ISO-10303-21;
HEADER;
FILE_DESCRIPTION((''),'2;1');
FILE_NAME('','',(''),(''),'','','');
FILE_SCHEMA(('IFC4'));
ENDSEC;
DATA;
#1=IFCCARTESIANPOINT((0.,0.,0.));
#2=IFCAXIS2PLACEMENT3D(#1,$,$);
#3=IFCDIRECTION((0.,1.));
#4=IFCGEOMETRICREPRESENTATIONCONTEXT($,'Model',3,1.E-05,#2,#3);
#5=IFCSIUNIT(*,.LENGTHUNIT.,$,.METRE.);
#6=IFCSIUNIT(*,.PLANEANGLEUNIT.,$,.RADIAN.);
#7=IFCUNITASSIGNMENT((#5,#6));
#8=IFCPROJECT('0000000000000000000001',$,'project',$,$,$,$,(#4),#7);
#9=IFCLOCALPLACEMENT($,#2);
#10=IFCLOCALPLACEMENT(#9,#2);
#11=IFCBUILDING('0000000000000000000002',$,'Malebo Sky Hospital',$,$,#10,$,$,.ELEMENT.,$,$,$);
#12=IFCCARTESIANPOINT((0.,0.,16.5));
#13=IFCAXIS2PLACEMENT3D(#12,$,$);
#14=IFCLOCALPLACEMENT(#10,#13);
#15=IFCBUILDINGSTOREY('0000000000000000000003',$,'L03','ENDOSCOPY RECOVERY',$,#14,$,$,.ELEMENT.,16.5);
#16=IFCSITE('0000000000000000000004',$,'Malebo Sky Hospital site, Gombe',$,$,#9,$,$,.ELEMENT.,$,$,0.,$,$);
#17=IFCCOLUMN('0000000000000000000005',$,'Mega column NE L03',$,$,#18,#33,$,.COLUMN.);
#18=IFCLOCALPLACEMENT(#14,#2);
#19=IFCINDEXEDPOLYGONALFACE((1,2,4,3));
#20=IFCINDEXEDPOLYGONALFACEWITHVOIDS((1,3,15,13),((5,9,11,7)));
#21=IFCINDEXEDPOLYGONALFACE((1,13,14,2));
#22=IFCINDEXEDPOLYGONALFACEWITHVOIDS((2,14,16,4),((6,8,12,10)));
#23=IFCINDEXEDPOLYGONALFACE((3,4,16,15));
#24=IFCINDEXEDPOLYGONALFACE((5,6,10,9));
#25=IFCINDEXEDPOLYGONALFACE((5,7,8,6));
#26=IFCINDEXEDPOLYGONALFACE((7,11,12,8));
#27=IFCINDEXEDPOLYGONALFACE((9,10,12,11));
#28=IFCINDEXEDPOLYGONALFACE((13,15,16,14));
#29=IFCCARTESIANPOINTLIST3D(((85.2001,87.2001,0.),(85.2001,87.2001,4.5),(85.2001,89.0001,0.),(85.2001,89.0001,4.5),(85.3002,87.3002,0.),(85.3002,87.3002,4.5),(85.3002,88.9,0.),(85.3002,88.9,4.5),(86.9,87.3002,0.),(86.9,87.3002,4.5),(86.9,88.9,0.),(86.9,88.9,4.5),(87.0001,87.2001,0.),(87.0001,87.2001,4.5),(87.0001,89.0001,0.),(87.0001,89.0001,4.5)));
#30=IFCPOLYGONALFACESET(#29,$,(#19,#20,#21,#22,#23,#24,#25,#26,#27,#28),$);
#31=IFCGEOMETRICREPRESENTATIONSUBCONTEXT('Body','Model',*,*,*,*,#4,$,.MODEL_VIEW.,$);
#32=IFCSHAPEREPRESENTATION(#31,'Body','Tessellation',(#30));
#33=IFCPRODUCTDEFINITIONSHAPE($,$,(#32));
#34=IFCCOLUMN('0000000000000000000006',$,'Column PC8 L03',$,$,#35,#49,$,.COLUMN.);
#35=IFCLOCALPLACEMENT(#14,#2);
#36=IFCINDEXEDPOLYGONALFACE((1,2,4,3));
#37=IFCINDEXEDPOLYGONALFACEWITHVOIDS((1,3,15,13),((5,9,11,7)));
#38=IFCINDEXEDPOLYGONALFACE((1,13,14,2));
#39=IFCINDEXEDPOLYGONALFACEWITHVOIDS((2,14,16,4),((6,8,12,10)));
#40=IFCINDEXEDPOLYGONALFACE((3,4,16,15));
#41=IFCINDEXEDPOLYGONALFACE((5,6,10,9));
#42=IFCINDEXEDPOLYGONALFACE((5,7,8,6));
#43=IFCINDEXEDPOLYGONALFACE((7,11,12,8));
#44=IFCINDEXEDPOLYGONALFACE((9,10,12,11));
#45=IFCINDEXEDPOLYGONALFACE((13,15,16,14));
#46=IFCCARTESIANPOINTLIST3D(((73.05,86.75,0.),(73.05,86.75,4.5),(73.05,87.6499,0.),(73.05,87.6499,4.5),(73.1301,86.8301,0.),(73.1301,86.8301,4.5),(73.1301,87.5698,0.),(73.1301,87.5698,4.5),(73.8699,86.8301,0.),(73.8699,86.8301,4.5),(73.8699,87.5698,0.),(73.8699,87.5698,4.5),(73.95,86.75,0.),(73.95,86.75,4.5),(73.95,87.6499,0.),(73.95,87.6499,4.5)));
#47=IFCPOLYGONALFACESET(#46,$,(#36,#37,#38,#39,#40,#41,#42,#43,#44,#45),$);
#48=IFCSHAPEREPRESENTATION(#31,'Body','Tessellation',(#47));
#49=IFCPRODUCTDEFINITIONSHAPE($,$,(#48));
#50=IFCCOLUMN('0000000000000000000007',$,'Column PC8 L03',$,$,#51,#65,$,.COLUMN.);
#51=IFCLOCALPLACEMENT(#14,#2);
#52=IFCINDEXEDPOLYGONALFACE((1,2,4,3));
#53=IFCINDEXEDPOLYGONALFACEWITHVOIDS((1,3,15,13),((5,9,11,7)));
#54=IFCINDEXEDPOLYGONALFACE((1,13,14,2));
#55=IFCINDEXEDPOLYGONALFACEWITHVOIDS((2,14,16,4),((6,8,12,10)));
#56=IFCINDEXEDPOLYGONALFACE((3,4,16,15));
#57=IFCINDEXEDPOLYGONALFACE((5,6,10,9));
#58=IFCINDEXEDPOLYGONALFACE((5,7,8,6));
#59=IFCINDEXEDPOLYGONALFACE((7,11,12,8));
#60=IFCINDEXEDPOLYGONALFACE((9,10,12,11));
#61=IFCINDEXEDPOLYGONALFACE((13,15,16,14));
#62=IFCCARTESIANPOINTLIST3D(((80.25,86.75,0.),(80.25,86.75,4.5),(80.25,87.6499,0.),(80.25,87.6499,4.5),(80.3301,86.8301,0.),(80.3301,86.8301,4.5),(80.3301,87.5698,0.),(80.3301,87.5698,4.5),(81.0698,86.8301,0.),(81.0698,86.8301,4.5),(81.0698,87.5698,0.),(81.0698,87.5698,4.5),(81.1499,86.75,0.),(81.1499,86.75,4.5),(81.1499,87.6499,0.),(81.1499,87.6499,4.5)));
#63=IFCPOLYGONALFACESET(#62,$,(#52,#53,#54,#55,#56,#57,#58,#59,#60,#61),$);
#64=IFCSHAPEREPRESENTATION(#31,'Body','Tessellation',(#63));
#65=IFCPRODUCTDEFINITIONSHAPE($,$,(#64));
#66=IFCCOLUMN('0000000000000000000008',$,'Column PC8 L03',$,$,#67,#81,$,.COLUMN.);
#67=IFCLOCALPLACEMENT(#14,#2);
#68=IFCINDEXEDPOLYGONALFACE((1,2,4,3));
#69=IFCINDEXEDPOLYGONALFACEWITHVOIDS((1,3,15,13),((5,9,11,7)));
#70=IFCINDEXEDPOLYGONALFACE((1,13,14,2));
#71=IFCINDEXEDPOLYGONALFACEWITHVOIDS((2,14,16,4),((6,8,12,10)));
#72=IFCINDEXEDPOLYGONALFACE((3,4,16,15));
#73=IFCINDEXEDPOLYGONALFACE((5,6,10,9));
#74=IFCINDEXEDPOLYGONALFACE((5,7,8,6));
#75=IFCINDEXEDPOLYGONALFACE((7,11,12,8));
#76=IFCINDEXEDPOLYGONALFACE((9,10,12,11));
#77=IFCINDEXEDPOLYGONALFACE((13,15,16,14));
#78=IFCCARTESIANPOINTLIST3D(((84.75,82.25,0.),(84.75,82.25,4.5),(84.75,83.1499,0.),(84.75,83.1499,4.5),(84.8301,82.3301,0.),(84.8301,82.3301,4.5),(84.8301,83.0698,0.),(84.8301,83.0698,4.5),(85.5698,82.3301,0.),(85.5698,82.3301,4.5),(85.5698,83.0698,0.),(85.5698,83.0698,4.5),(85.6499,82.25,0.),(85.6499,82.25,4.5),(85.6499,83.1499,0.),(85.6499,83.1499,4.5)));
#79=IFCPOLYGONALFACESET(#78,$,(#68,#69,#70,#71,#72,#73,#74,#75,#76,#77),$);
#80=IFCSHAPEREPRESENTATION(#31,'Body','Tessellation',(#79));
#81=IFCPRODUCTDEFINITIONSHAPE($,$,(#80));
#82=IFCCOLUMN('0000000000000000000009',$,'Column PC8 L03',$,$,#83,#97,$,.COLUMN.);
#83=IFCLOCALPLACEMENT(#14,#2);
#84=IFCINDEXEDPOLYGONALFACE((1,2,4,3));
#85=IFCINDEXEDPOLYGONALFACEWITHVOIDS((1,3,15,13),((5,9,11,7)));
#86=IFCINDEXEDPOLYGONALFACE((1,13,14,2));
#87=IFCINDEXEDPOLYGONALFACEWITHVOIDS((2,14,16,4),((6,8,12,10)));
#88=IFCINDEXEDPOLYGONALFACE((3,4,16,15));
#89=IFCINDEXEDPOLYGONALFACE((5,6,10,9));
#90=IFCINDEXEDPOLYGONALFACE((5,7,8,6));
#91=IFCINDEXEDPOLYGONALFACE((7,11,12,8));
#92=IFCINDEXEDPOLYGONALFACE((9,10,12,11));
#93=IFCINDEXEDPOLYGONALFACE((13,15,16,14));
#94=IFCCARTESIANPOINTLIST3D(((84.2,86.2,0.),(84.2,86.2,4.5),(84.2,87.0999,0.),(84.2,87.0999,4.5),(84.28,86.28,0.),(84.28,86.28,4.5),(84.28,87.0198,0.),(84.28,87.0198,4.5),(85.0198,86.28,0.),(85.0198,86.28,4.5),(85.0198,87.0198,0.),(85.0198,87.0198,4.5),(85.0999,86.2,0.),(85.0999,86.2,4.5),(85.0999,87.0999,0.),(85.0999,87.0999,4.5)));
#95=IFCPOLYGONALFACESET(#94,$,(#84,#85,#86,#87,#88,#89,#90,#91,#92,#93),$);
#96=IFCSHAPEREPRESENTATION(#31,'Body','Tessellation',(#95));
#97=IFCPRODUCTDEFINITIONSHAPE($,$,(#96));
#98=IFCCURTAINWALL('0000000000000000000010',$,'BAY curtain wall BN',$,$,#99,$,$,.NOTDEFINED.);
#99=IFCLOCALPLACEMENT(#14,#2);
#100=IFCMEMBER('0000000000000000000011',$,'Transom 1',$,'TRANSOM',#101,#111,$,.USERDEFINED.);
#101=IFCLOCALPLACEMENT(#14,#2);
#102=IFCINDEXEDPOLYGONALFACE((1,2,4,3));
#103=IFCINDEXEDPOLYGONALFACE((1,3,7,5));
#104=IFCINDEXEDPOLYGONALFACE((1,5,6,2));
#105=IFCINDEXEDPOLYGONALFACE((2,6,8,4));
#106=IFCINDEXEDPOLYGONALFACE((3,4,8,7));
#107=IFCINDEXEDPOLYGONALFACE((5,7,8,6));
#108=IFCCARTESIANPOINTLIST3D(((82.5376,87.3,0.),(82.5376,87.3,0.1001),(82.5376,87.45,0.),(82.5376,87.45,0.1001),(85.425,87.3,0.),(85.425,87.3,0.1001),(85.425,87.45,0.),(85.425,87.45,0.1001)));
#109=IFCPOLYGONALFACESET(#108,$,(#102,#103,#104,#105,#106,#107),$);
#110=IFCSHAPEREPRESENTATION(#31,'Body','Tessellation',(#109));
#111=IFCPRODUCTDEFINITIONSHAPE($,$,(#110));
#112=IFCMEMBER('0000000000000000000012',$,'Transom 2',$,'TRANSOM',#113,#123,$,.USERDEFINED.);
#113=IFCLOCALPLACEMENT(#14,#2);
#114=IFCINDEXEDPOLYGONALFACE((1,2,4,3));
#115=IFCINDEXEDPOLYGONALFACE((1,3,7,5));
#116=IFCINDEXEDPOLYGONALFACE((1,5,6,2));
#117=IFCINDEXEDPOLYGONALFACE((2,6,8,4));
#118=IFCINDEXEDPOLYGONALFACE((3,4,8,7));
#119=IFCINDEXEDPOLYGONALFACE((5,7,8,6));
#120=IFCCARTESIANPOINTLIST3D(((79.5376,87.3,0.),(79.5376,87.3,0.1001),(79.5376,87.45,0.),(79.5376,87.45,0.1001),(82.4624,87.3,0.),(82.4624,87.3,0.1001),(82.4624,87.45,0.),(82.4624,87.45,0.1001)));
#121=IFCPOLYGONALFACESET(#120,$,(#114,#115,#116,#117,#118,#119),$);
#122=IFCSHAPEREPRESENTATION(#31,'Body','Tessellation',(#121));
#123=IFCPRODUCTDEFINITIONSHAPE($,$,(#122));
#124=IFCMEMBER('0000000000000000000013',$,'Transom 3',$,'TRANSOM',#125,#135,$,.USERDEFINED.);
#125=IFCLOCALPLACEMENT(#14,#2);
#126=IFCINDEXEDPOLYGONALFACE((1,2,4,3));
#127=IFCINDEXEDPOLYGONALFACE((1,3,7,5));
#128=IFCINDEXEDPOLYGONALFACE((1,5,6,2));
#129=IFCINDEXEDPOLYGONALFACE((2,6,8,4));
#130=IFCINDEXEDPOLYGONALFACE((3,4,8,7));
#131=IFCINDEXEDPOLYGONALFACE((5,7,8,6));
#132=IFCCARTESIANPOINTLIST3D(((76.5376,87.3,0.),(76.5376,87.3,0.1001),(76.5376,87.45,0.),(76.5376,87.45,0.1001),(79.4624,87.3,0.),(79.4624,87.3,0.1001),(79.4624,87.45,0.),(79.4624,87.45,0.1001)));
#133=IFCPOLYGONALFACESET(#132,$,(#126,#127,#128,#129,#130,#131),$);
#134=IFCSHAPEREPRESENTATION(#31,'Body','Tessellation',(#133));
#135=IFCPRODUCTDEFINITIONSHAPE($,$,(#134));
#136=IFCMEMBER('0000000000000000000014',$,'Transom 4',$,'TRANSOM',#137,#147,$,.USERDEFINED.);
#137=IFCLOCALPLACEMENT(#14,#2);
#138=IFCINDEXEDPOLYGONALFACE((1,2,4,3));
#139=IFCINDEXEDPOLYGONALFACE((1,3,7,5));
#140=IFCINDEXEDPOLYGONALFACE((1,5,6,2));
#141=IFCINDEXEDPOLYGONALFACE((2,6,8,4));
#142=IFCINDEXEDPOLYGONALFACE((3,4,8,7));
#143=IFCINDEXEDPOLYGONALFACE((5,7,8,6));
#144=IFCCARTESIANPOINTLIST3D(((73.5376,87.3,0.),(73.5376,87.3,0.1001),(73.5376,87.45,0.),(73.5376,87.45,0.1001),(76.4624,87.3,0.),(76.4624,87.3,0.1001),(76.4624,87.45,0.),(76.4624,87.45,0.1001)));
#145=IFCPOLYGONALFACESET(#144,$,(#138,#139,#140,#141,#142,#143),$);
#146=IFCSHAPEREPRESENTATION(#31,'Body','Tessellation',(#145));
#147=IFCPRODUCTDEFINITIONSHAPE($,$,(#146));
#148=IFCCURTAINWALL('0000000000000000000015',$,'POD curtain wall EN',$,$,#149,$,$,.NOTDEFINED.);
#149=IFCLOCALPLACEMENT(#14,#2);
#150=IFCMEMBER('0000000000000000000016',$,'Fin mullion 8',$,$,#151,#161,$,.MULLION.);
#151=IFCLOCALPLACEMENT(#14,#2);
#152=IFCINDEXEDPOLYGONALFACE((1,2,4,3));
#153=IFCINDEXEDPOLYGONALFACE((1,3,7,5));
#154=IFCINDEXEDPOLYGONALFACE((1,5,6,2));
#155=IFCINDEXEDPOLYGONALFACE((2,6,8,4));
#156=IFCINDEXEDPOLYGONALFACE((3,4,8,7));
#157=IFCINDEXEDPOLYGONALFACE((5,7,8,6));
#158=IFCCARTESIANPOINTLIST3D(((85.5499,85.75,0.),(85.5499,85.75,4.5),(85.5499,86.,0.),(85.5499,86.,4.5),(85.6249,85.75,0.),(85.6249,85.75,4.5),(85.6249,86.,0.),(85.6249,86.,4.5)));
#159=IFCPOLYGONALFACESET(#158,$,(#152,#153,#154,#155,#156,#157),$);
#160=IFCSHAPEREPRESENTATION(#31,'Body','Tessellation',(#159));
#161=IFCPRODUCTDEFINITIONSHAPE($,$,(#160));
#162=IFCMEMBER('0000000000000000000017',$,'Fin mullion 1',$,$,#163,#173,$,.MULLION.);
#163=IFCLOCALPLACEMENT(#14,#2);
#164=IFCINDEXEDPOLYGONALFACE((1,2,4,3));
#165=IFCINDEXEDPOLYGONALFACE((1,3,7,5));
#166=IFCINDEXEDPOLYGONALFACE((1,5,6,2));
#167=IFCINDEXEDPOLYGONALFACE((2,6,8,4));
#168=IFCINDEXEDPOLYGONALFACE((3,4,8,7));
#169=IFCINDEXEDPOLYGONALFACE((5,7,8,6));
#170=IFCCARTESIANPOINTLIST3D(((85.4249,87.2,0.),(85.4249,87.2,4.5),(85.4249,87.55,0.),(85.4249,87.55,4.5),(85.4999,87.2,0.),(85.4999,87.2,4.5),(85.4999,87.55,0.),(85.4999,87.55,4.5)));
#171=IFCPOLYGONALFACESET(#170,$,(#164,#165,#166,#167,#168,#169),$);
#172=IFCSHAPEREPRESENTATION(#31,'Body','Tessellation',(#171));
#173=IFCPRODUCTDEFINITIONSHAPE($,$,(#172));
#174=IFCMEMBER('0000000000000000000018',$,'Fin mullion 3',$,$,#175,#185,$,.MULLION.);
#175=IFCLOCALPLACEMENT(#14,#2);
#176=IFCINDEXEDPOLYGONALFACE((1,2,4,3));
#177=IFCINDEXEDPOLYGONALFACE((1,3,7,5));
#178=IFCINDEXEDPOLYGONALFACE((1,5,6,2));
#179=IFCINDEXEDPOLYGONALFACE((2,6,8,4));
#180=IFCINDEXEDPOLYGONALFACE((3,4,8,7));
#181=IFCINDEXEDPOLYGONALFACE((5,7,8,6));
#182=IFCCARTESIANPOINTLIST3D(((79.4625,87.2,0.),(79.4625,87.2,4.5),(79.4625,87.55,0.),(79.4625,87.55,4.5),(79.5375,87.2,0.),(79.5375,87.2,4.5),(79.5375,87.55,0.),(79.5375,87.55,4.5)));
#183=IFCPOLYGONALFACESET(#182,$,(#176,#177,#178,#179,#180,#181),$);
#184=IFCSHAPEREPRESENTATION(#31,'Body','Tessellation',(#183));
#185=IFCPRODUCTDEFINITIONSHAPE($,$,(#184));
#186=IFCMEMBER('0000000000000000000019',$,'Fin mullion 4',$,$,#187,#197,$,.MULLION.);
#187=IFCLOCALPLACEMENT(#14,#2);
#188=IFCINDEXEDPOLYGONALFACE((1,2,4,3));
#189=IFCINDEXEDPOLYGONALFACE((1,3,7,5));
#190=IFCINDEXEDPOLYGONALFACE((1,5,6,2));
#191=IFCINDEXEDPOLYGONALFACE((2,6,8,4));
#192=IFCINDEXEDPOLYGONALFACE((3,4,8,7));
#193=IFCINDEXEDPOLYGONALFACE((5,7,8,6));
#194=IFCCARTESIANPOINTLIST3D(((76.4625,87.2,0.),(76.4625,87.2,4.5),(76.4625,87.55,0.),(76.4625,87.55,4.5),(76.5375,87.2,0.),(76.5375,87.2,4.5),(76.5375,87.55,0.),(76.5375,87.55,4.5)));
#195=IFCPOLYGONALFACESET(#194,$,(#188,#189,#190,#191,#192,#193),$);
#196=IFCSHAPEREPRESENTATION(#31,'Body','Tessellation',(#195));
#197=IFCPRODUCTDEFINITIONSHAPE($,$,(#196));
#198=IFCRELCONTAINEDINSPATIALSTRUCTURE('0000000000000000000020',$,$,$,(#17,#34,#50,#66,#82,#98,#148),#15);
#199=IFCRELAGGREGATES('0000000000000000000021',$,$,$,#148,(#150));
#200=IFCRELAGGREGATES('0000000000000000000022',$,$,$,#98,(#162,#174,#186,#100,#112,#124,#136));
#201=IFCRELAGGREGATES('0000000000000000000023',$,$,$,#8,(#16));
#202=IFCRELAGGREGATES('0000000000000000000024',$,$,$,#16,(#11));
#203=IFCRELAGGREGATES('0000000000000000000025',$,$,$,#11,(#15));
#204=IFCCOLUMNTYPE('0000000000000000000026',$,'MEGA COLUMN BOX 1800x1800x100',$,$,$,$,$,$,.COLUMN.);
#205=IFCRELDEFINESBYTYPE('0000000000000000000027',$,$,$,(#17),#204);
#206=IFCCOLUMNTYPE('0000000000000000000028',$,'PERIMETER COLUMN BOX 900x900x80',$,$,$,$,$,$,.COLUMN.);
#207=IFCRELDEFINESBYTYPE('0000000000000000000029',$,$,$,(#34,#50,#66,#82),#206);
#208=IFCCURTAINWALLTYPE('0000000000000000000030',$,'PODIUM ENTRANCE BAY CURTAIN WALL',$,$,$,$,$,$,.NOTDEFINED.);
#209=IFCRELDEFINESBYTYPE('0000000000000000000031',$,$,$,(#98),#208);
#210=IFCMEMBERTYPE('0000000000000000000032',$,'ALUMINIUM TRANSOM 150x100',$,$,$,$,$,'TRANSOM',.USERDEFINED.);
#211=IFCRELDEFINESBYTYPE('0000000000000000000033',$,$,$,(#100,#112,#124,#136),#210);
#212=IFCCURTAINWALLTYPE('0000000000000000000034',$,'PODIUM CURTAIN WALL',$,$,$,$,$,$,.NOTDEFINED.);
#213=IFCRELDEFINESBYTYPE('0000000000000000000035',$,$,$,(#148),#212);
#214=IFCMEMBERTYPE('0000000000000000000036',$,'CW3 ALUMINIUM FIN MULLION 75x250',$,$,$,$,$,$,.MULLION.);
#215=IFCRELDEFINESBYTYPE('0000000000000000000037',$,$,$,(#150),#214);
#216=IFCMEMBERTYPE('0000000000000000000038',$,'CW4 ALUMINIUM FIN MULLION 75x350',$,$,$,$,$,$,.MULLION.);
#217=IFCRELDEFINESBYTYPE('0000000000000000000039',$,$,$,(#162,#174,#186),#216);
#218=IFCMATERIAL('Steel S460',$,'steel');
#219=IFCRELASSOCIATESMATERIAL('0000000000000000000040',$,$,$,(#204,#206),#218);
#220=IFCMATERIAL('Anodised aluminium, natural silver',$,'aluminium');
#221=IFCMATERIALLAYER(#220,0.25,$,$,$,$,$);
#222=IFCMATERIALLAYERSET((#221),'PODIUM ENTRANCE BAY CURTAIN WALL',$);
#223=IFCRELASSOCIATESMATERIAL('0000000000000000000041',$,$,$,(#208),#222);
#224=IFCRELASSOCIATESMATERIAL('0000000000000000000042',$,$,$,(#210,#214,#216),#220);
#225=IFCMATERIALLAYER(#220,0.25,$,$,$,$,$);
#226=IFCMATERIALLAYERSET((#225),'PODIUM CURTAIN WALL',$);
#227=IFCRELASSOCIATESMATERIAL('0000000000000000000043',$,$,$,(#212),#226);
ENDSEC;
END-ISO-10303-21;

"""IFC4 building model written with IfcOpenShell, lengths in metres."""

from ifc_helpers import new_model, si_unit, direction, frame, origin, origin_2d, place, context, subcontext, project, spatial, rectangle, hollow_rectangle, extrude, material, layer, layer_set, material_profile, profile_set, type_object, element, aggregate, save


model = new_model("IFC4")

# Units and contexts
model_context = context("Model", 3, precision=1e-05, world=origin(), true_north=direction((0.0, 1.0)))
body_context = subcontext(model_context, "Body", "Model", "MODEL_VIEW")
ifc_project = project(units=[si_unit("LENGTHUNIT", "METRE"), si_unit("PLANEANGLEUNIT", "RADIAN")], contexts=[model_context])

# Site, building, storey
site_placement = place(None, origin())
site = spatial("IfcSite", under=ifc_project, at=site_placement, Name="Malebo Sky Hospital site, Gombe", CompositionType="ELEMENT", RefElevation=0.0)
building_placement = place(site_placement, origin())
building = spatial("IfcBuilding", under=site, at=building_placement, Name="Malebo Sky Hospital", CompositionType="ELEMENT")
storey_placement = place(building_placement, frame((0.0, 0.0, 16.5)))
storey = spatial("IfcBuildingStorey", under=building, at=storey_placement, Name="L03", Description="ENDOSCOPY RECOVERY", CompositionType="ELEMENT", Elevation=16.5)

# Columns
ifc_material_1 = material(Name="Steel S460", Category="steel")
ifc_material_profile_1 = material_profile(ifc_material_1, hollow_rectangle(XDim=1.8, YDim=1.8, WallThickness=0.1001, at=origin_2d()), Name="BOX 1800x1800x100")
ifc_profile_set_1 = profile_set([ifc_material_profile_1], Name="Steel S460")
column_type_1 = type_object("IfcColumnType", Name="MEGA COLUMN BOX 1800x1800x100", PredefinedType="COLUMN", material=ifc_profile_set_1)
column_placement = place(storey_placement, frame((86.1001, 88.1001, 0.0), z_axis=(0.0, 0.0, 1.0), x_axis=(1.0, 0.0, 0.0)))
element("IfcColumn", 1, at=column_placement, inside=storey, type_object=column_type_1, Name="Mega column NE L03", PredefinedType="COLUMN", context=body_context, shape_type="SweptSolid", body=[
    extrude(hollow_rectangle(XDim=1.8, YDim=1.8, WallThickness=0.1001, at=origin_2d()), origin(), (0.0, 0.0, 1.0), 4.5),
])
ifc_material_profile_2 = material_profile(ifc_material_1, hollow_rectangle(XDim=0.8999, YDim=0.8999, WallThickness=0.0801, at=origin_2d()), Name="BOX 900x900x80")
ifc_profile_set_2 = profile_set([ifc_material_profile_2], Name="Steel S460")
column_type_2 = type_object("IfcColumnType", Name="PERIMETER COLUMN BOX 900x900x80", PredefinedType="COLUMN", material=ifc_profile_set_2)
for number, where, z_axis, x_axis, name in (
    (2, (73.5, 87.2, 0.0), (0.0, 0.0, 1.0), (1.0, 0.0, 0.0), "Column PC8 L03"),
    (3, (80.7, 87.2, 0.0), (0.0, 0.0, 1.0), (1.0, 0.0, 0.0), "Column PC8 L03"),
    (4, (85.2, 82.7, 0.0), (0.0, 0.0, 1.0), (1.0, 0.0, 0.0), "Column PC8 L03"),
    (5, (84.6499, 86.6499, 0.0), (0.0, 0.0, 1.0), (1.0, 0.0, 0.0), "Column PC8 L03"),
):
    element("IfcColumn", number, at=place(storey_placement, frame(where, z_axis=z_axis, x_axis=x_axis)), inside=storey, type_object=column_type_2, Name=name, PredefinedType="COLUMN", context=body_context, shape_type="SweptSolid", body=[
        extrude(hollow_rectangle(XDim=0.8999, YDim=0.8999, WallThickness=0.0801, at=origin_2d()), origin(), (0.0, 0.0, 1.0), 4.5),
    ])

# Curtain wall, members
ifc_material_2 = material(Name="Anodised aluminium, natural silver", Category="aluminium")
ifc_layer_1 = layer(ifc_material_2, 0.25)
ifc_layer_set_1 = layer_set([ifc_layer_1], Name="PODIUM ENTRANCE BAY CURTAIN WALL")
curtain_wall_type_1 = type_object("IfcCurtainWallType", Name="PODIUM ENTRANCE BAY CURTAIN WALL", PredefinedType="NOTDEFINED", material=ifc_layer_set_1)
curtain_wall_1_placement = place(storey_placement, origin())
curtain_wall_1 = element("IfcCurtainWall", 6, at=curtain_wall_1_placement, inside=storey, type_object=curtain_wall_type_1, Name="BAY curtain wall BN", PredefinedType="NOTDEFINED")
ifc_material_profile_3 = material_profile(ifc_material_2, rectangle(XDim=0.1499, YDim=0.1001, at=origin_2d()), Name="ALUMINIUM TRANSOM 150x100")
ifc_profile_set_3 = profile_set([ifc_material_profile_3], Name="Anodised aluminium, natural silver")
member_type_1 = type_object("IfcMemberType", Name="ALUMINIUM TRANSOM 150x100", ElementType="TRANSOM", PredefinedType="USERDEFINED", material=ifc_profile_set_3)
member_1_placement = place(storey_placement, frame((85.425, 87.375, 0.05), z_axis=(-1.0, 0.0, 0.0), x_axis=(0.0, -1.0, 0.0)))
member_1 = element("IfcMember", 7, at=member_1_placement, type_object=member_type_1, Name="Transom 1", ObjectType="TRANSOM", PredefinedType="USERDEFINED", context=body_context, shape_type="SweptSolid", body=[
    extrude(rectangle(XDim=0.1499, YDim=0.1001, at=origin_2d()), origin(), (0.0, 0.0, 1.0), 2.8875),
])
member_2_placement = place(storey_placement, frame((82.4624, 87.375, 0.05), z_axis=(-1.0, 0.0, 0.0), x_axis=(0.0, -1.0, 0.0)))
member_2 = element("IfcMember", 8, at=member_2_placement, type_object=member_type_1, Name="Transom 2", ObjectType="TRANSOM", PredefinedType="USERDEFINED", context=body_context, shape_type="SweptSolid", body=[
    extrude(rectangle(XDim=0.1499, YDim=0.1001, at=origin_2d()), origin(), (0.0, 0.0, 1.0), 2.9248),
])
member_3_placement = place(storey_placement, frame((79.4624, 87.375, 0.05), z_axis=(-1.0, 0.0, 0.0), x_axis=(0.0, -1.0, 0.0)))
member_3 = element("IfcMember", 9, at=member_3_placement, type_object=member_type_1, Name="Transom 3", ObjectType="TRANSOM", PredefinedType="USERDEFINED", context=body_context, shape_type="SweptSolid", body=[
    extrude(rectangle(XDim=0.1499, YDim=0.1001, at=origin_2d()), origin(), (0.0, 0.0, 1.0), 2.9248),
])
member_4_placement = place(storey_placement, frame((76.4624, 87.375, 0.05), z_axis=(-1.0, 0.0, 0.0), x_axis=(0.0, -1.0, 0.0)))
member_4 = element("IfcMember", 10, at=member_4_placement, type_object=member_type_1, Name="Transom 4", ObjectType="TRANSOM", PredefinedType="USERDEFINED", context=body_context, shape_type="SweptSolid", body=[
    extrude(rectangle(XDim=0.1499, YDim=0.1001, at=origin_2d()), origin(), (0.0, 0.0, 1.0), 2.9248),
])

# Curtain wall, member
ifc_layer_2 = layer(ifc_material_2, 0.25)
ifc_layer_set_2 = layer_set([ifc_layer_2], Name="PODIUM CURTAIN WALL")
curtain_wall_type_2 = type_object("IfcCurtainWallType", Name="PODIUM CURTAIN WALL", PredefinedType="NOTDEFINED", material=ifc_layer_set_2)
curtain_wall_2_placement = place(storey_placement, origin())
curtain_wall_2 = element("IfcCurtainWall", 11, at=curtain_wall_2_placement, inside=storey, type_object=curtain_wall_type_2, Name="POD curtain wall EN", PredefinedType="NOTDEFINED")
ifc_material_profile_4 = material_profile(ifc_material_2, rectangle(XDim=0.075, YDim=0.25, at=origin_2d()), Name="CW3 ALUMINIUM FIN MULLION 75x250")
ifc_profile_set_4 = profile_set([ifc_material_profile_4], Name="Anodised aluminium, natural silver")
member_type_2 = type_object("IfcMemberType", Name="CW3 ALUMINIUM FIN MULLION 75x250", PredefinedType="MULLION", material=ifc_profile_set_4)
member_5_placement = place(storey_placement, frame((85.5874, 85.875, 0.0), z_axis=(0.0, 0.0, 1.0), x_axis=(-1.0, 0.0, 0.0)))
member_5 = element("IfcMember", 12, at=member_5_placement, type_object=member_type_2, Name="Fin mullion 8", PredefinedType="MULLION", context=body_context, shape_type="SweptSolid", body=[
    extrude(rectangle(XDim=0.075, YDim=0.25, at=origin_2d()), origin(), (0.0, 0.0, 1.0), 4.5),
])
aggregate(curtain_wall_2, [member_5])

# Members
ifc_material_profile_5 = material_profile(ifc_material_2, rectangle(XDim=0.075, YDim=0.3501, at=origin_2d()), Name="CW4 ALUMINIUM FIN MULLION 75x350")
ifc_profile_set_5 = profile_set([ifc_material_profile_5], Name="Anodised aluminium, natural silver")
member_type_3 = type_object("IfcMemberType", Name="CW4 ALUMINIUM FIN MULLION 75x350", PredefinedType="MULLION", material=ifc_profile_set_5)
member_6_placement = place(storey_placement, frame((85.4624, 87.375, 0.0), z_axis=(0.0, 0.0, 1.0), x_axis=(-1.0, 0.0, 0.0)))
member_6 = element("IfcMember", 13, at=member_6_placement, type_object=member_type_3, Name="Fin mullion 1", PredefinedType="MULLION", context=body_context, shape_type="SweptSolid", body=[
    extrude(rectangle(XDim=0.075, YDim=0.3501, at=origin_2d()), origin(), (0.0, 0.0, 1.0), 4.5),
])
member_7_placement = place(storey_placement, frame((79.5, 87.375, 0.0), z_axis=(0.0, 0.0, 1.0), x_axis=(-1.0, 0.0, 0.0)))
member_7 = element("IfcMember", 14, at=member_7_placement, type_object=member_type_3, Name="Fin mullion 3", PredefinedType="MULLION", context=body_context, shape_type="SweptSolid", body=[
    extrude(rectangle(XDim=0.075, YDim=0.3501, at=origin_2d()), origin(), (0.0, 0.0, 1.0), 4.5),
])
member_8_placement = place(storey_placement, frame((76.5, 87.375, 0.0), z_axis=(0.0, 0.0, 1.0), x_axis=(-1.0, 0.0, 0.0)))
member_8 = element("IfcMember", 15, at=member_8_placement, type_object=member_type_3, Name="Fin mullion 4", PredefinedType="MULLION", context=body_context, shape_type="SweptSolid", body=[
    extrude(rectangle(XDim=0.075, YDim=0.3501, at=origin_2d()), origin(), (0.0, 0.0, 1.0), 4.5),
])

aggregate(curtain_wall_1, [member_6, member_7, member_8, member_1, member_2, member_3, member_4])

save(model, "model.ifc")
